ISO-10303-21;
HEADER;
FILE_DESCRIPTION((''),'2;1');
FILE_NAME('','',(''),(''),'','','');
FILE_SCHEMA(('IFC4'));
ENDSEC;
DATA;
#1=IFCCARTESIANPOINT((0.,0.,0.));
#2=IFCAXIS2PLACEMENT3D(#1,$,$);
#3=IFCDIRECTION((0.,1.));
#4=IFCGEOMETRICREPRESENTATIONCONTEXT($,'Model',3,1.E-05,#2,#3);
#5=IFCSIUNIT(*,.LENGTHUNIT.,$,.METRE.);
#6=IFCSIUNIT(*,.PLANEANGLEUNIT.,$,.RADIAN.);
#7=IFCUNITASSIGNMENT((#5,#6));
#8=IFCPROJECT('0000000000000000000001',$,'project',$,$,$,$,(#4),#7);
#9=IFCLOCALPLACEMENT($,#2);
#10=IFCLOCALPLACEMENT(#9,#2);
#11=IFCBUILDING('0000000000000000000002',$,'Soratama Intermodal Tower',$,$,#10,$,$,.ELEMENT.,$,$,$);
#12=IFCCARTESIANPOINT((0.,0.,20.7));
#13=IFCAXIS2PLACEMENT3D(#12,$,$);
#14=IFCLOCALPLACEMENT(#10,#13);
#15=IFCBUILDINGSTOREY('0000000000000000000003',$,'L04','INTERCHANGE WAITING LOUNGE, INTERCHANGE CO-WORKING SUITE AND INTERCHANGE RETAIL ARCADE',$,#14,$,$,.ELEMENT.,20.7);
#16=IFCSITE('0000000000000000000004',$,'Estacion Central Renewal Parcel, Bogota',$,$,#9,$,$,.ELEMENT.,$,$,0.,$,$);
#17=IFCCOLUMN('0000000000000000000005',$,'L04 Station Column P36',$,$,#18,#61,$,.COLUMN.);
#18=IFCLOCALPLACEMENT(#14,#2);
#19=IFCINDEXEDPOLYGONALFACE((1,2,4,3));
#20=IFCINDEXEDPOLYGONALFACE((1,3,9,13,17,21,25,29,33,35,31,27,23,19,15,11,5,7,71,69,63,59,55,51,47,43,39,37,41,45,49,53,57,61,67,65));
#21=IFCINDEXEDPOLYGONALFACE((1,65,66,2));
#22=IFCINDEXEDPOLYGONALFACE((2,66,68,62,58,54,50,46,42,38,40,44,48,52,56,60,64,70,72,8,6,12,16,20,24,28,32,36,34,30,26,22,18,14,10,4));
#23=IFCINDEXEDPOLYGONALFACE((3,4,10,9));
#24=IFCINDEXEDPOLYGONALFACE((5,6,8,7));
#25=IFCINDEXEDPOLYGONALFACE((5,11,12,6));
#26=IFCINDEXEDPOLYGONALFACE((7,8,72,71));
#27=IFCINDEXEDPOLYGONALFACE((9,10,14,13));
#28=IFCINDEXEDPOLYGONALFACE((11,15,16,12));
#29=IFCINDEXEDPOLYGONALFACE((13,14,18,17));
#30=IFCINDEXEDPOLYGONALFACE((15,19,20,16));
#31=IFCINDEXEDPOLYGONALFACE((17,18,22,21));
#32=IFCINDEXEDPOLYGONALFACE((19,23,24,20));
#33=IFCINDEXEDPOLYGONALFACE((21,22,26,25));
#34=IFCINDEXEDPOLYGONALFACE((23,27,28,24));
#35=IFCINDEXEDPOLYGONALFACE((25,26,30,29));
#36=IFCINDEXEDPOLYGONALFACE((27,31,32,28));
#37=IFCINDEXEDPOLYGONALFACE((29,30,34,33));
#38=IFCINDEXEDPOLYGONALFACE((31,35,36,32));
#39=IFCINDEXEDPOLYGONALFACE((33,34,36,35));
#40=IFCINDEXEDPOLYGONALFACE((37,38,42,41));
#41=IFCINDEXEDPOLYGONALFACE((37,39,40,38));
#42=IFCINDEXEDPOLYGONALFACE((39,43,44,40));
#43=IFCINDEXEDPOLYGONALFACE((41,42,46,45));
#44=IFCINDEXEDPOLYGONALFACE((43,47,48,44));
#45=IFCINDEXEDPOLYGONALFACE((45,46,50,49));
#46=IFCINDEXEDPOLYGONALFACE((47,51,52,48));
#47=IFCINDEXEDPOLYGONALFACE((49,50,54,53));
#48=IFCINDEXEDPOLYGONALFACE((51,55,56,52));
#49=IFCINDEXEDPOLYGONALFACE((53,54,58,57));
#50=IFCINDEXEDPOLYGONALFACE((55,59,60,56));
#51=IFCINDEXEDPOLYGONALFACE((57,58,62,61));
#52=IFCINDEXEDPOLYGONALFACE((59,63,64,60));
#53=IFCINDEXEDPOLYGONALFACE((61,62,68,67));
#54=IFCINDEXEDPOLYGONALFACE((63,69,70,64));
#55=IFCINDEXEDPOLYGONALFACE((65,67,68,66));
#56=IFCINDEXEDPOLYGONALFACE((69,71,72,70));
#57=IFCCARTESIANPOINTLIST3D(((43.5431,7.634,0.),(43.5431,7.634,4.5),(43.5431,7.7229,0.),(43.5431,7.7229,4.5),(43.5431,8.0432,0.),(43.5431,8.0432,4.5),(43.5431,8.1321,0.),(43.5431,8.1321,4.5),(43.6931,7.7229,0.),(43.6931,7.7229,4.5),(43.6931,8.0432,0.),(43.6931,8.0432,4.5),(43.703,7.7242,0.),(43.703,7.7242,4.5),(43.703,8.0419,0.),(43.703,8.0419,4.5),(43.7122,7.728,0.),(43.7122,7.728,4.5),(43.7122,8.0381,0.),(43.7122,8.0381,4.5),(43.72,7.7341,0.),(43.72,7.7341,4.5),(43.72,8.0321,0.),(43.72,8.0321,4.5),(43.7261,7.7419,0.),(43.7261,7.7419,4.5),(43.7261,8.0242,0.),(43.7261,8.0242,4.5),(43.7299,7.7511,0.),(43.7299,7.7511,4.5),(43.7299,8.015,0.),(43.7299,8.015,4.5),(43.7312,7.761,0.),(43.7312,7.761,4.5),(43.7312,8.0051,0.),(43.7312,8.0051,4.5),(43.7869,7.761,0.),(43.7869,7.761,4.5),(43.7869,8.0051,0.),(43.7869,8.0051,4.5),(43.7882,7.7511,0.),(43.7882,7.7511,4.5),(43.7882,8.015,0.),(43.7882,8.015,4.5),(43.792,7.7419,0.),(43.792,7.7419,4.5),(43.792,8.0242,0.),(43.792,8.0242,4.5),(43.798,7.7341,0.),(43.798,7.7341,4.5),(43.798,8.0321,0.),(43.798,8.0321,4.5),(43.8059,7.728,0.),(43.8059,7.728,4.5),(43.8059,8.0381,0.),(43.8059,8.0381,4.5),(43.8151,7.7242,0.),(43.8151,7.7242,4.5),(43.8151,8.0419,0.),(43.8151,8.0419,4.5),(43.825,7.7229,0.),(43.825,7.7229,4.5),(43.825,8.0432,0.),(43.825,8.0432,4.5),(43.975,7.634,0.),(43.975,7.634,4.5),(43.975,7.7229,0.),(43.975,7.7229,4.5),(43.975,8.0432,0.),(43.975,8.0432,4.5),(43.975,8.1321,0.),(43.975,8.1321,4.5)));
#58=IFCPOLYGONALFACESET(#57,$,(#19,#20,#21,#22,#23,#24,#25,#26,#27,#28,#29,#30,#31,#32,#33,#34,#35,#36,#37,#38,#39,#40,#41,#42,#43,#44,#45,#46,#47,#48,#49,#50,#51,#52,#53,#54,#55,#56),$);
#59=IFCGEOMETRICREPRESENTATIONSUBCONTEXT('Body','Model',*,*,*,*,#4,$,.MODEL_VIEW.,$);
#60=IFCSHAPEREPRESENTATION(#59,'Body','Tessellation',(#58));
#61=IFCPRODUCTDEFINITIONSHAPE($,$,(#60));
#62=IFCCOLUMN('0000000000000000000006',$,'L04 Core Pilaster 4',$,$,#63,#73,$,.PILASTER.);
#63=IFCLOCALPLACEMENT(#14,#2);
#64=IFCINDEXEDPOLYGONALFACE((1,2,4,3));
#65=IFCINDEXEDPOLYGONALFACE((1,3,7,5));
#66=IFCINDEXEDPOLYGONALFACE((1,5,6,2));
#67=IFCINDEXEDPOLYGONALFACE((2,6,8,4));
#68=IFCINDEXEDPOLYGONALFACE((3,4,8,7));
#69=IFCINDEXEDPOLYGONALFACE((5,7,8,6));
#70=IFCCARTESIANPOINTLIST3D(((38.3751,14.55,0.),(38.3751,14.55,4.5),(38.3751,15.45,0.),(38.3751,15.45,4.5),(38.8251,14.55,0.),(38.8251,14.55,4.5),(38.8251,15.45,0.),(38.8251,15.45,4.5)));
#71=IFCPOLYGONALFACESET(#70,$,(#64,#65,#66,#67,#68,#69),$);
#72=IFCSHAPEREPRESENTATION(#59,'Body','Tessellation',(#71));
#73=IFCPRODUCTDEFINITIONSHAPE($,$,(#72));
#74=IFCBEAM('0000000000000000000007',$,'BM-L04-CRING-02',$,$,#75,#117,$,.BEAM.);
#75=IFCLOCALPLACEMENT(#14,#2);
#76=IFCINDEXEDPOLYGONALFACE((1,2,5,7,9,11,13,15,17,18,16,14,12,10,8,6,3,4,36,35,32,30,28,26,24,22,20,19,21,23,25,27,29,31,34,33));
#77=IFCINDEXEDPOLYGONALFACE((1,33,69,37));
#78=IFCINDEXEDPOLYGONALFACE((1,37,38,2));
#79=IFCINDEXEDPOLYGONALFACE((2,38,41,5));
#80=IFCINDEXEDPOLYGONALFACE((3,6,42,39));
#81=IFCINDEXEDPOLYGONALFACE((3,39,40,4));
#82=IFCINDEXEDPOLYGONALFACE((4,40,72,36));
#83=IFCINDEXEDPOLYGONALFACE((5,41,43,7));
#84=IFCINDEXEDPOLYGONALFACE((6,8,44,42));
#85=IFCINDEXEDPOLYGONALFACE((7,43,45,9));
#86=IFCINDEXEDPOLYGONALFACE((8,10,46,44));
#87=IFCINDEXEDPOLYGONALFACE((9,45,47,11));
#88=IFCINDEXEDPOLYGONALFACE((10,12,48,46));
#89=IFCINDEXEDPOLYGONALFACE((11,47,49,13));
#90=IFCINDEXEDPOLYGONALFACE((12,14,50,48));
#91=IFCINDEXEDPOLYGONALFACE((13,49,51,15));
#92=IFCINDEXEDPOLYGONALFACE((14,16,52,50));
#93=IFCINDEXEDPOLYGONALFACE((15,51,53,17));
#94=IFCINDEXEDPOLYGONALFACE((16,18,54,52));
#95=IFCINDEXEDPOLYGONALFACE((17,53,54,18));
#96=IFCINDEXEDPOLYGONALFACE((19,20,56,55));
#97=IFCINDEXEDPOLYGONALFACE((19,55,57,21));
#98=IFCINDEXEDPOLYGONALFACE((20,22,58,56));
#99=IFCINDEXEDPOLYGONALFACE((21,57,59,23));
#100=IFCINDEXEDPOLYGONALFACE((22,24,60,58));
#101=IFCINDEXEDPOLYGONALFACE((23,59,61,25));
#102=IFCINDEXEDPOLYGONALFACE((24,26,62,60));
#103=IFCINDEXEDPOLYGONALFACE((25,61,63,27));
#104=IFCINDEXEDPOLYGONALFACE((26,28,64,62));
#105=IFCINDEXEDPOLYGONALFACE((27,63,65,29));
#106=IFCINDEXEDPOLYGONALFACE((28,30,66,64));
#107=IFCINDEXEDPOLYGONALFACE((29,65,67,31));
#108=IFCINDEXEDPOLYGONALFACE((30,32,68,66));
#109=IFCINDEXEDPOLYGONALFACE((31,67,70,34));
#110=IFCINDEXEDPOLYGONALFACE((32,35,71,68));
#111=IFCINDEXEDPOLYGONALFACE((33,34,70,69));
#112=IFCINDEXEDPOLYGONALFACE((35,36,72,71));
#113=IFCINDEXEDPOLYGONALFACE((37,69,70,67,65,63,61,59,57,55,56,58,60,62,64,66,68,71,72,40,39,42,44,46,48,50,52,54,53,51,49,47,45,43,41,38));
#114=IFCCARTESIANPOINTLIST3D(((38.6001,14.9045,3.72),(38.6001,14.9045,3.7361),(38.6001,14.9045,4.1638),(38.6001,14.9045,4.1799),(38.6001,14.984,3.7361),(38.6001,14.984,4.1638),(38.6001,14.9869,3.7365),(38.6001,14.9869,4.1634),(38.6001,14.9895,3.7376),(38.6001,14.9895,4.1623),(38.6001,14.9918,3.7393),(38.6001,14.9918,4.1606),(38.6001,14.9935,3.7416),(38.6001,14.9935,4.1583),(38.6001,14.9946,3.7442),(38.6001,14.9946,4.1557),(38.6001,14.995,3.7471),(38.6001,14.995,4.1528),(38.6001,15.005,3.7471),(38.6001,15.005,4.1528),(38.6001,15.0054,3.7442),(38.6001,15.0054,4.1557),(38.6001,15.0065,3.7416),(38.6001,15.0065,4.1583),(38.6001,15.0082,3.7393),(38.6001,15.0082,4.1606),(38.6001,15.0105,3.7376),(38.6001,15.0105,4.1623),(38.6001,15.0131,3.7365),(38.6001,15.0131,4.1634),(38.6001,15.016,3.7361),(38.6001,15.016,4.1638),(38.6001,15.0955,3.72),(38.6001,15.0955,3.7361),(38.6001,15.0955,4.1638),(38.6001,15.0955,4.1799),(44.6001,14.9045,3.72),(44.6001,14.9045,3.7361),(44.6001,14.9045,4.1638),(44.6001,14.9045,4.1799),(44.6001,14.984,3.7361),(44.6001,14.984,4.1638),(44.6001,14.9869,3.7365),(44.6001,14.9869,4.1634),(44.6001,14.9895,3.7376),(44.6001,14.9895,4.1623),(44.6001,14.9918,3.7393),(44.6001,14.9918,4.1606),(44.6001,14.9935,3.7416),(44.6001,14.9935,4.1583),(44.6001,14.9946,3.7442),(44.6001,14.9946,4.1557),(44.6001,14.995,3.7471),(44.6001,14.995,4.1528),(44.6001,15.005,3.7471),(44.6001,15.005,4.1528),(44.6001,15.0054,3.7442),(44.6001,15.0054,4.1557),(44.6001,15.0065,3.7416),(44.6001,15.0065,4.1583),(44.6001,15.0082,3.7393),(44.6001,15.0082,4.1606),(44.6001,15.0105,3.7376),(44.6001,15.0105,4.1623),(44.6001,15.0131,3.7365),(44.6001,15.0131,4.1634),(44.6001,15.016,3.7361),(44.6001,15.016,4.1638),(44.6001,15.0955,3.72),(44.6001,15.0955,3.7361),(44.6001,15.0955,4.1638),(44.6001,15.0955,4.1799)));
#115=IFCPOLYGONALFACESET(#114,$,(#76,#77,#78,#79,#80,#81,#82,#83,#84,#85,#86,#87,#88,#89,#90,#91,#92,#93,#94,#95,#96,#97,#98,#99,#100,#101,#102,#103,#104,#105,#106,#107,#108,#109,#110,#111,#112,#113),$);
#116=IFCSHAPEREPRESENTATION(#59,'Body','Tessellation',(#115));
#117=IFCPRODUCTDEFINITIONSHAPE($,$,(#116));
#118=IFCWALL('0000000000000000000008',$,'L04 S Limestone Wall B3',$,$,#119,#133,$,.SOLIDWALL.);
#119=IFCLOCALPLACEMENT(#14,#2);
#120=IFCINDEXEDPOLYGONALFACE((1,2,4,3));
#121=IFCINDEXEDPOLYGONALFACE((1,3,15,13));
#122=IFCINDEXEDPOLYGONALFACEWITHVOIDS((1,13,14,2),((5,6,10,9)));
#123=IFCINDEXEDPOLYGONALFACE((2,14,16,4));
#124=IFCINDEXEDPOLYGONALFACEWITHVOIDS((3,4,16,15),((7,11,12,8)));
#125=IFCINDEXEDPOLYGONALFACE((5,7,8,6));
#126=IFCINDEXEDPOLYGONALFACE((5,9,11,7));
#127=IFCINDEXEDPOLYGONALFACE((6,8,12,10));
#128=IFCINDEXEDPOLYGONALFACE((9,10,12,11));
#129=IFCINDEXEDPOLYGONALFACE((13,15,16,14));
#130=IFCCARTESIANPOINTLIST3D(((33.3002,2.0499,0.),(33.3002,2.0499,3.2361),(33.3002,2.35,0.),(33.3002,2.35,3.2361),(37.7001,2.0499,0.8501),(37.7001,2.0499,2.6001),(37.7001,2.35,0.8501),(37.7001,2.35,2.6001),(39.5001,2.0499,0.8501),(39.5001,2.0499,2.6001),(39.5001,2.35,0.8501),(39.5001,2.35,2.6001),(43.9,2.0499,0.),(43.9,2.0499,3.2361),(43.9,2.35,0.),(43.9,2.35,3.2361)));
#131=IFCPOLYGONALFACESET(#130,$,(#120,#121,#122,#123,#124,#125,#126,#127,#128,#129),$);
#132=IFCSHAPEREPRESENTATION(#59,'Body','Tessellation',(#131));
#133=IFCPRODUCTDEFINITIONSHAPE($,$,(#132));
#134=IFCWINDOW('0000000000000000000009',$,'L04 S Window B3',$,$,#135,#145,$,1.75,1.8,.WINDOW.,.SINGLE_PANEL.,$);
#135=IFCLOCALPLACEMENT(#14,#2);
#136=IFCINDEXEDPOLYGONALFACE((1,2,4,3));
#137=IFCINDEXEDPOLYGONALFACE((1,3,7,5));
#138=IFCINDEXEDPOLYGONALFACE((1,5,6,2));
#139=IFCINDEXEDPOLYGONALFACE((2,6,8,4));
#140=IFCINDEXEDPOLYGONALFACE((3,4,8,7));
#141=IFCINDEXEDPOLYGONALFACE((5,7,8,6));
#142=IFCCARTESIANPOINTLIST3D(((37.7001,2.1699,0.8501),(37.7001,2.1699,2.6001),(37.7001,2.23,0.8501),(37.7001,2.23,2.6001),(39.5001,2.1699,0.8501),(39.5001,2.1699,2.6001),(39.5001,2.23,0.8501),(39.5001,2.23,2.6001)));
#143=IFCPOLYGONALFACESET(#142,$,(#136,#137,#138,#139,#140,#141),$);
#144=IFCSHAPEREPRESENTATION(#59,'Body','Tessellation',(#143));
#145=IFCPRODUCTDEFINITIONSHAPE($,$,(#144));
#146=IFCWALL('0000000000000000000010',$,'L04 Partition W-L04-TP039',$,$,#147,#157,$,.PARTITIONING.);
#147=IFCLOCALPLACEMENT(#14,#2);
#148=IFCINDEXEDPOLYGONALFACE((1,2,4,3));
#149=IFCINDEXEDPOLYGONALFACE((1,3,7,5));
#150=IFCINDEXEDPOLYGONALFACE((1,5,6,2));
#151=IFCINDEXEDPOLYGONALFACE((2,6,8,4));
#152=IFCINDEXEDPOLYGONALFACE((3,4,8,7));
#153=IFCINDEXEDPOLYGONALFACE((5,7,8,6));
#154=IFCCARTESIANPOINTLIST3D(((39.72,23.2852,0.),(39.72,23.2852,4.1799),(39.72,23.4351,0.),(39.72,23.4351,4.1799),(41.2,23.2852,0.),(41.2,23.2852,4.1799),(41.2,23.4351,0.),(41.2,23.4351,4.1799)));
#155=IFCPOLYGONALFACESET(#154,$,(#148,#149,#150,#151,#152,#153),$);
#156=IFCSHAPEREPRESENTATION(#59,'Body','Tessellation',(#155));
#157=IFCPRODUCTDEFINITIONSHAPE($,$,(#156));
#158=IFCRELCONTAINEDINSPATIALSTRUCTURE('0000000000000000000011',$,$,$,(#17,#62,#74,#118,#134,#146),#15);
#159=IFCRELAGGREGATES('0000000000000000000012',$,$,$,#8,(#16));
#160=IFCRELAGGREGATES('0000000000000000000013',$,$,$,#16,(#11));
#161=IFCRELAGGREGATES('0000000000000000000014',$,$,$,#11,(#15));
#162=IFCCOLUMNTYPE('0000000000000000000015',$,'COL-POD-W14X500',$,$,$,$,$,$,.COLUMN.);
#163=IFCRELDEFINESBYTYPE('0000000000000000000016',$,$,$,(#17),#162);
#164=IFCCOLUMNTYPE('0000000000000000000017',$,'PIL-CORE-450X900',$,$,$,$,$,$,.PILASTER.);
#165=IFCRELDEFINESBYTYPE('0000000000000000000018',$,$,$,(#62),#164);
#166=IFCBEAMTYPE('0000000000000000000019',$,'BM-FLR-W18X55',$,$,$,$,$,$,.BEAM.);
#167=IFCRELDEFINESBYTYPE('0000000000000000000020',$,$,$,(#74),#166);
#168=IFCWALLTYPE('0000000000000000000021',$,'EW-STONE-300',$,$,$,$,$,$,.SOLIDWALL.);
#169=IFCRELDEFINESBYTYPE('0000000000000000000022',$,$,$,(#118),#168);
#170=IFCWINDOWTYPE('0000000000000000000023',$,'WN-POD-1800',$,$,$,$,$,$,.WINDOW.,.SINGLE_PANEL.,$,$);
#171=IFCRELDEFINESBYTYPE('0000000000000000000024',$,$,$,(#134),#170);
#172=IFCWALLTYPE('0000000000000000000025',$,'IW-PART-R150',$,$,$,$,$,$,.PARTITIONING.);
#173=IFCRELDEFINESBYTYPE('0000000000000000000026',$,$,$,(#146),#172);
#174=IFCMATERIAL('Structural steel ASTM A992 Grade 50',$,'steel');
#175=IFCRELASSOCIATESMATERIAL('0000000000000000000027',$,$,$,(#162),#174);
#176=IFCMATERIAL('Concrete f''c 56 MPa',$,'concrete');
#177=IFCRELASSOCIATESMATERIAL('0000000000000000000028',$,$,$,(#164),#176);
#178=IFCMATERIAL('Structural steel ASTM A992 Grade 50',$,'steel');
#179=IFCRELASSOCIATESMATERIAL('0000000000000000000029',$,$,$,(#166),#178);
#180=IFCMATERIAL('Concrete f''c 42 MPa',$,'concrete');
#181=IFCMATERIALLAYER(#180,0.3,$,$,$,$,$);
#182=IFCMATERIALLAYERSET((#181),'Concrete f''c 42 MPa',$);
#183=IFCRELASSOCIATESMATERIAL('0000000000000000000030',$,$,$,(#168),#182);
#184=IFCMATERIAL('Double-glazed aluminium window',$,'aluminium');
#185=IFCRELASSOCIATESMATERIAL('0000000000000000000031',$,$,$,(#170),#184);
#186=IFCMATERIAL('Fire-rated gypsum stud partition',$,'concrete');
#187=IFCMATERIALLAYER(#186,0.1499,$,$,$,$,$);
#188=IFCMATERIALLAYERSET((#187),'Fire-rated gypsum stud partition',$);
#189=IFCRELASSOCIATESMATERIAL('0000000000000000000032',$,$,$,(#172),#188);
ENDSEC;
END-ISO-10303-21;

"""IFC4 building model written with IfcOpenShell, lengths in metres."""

from ifc_helpers import new_model, si_unit, direction, frame, frame_2d, origin, origin_2d, place, context, subcontext, project, spatial, rectangle, i_section, extrude, material, layer, layer_set, material_profile, profile_set, type_object, element, fill, save


model = new_model("IFC4")

# Units and contexts
model_context = context("Model", 3, precision=1e-05, world=origin(), true_north=direction((0.0, 1.0)))
body_context = subcontext(model_context, "Body", "Model", "MODEL_VIEW")
ifc_project = project(units=[si_unit("LENGTHUNIT", "METRE"), si_unit("PLANEANGLEUNIT", "RADIAN")], contexts=[model_context])

# Site, building, storey
site_placement = place(None, origin())
site = spatial("IfcSite", under=ifc_project, at=site_placement, Name="Estacion Central Renewal Parcel, Bogota", CompositionType="ELEMENT", RefElevation=0.0)
building_placement = place(site_placement, origin())
building = spatial("IfcBuilding", under=site, at=building_placement, Name="Soratama Intermodal Tower", CompositionType="ELEMENT")
storey_placement = place(building_placement, frame((0.0, 0.0, 20.7)))
storey = spatial("IfcBuildingStorey", under=building, at=storey_placement, Name="L04", Description="INTERCHANGE WAITING LOUNGE, INTERCHANGE CO-WORKING SUITE AND INTERCHANGE RETAIL ARCADE", CompositionType="ELEMENT", Elevation=20.7)

# Columns
ifc_material_1 = material(Name="Structural steel ASTM A992 Grade 50", Category="steel")
ifc_material_profile_1 = material_profile(ifc_material_1, i_section(OverallWidth=0.4319, OverallDepth=0.498, WebThickness=0.0557, FlangeThickness=0.0889, FilletRadius=0.0381, at=origin_2d()), Name="W14X500")
ifc_profile_set_1 = profile_set([ifc_material_profile_1], Name="Structural steel ASTM A992 Grade 50")
column_type_1 = type_object("IfcColumnType", Name="COL-POD-W14X500", PredefinedType="COLUMN", material=ifc_profile_set_1)
column_1_placement = place(storey_placement, frame((43.759, 7.8831, 0.0), z_axis=(0.0, 0.0, 1.0), x_axis=(1.0, 0.0, 0.0)))
element("IfcColumn", 1, at=column_1_placement, inside=storey, type_object=column_type_1, Name="L04 Station Column P36", PredefinedType="COLUMN", context=body_context, shape_type="SweptSolid", body=[
    extrude(i_section(OverallWidth=0.4319, OverallDepth=0.498, WebThickness=0.0557, FlangeThickness=0.0889, FilletRadius=0.0381, at=origin_2d()), origin(), (0.0, 0.0, 1.0), 4.5),
])
ifc_material_2 = material(Name="Concrete f'c 56 MPa", Category="concrete")
ifc_material_profile_2 = material_profile(ifc_material_2, rectangle(XDim=0.45, YDim=0.8999, at=origin_2d()), Name="RC450X900")
ifc_profile_set_2 = profile_set([ifc_material_profile_2], Name="Concrete f'c 56 MPa")
column_type_2 = type_object("IfcColumnType", Name="PIL-CORE-450X900", PredefinedType="PILASTER", material=ifc_profile_set_2)
column_2_placement = place(storey_placement, frame((38.6001, 15.0, 0.0), z_axis=(0.0, 0.0, 1.0), x_axis=(1.0, 0.0, 0.0)))
element("IfcColumn", 2, at=column_2_placement, inside=storey, type_object=column_type_2, Name="L04 Core Pilaster 4", PredefinedType="PILASTER", context=body_context, shape_type="SweptSolid", body=[
    extrude(rectangle(XDim=0.45, YDim=0.8999, at=origin_2d()), origin(), (0.0, 0.0, 1.0), 4.5),
])

# Beam
ifc_material_3 = material(Name="Structural steel ASTM A992 Grade 50", Category="steel")
ifc_material_profile_3 = material_profile(ifc_material_3, i_section(OverallWidth=0.1909, OverallDepth=0.46, WebThickness=0.01, FlangeThickness=0.0161, FilletRadius=0.011, at=origin_2d()), Name="W18X55")
ifc_profile_set_3 = profile_set([ifc_material_profile_3], Name="Structural steel ASTM A992 Grade 50")
beam_type = type_object("IfcBeamType", Name="BM-FLR-W18X55", PredefinedType="BEAM", material=ifc_profile_set_3)
beam_placement = place(storey_placement, frame((38.6001, 15.0, 3.95), z_axis=(1.0, 0.0, 0.0), x_axis=(0.0, 1.0, 0.0)))
element("IfcBeam", 3, at=beam_placement, inside=storey, type_object=beam_type, Name="BM-L04-CRING-02", PredefinedType="BEAM", context=body_context, shape_type="SweptSolid", body=[
    extrude(i_section(OverallWidth=0.1909, OverallDepth=0.46, WebThickness=0.01, FlangeThickness=0.0161, FilletRadius=0.011, at=origin_2d()), origin(), (0.0, 0.0, 1.0), 6.0),
])

# Wall, opening, window
ifc_material_4 = material(Name="Concrete f'c 42 MPa", Category="concrete")
ifc_layer_1 = layer(ifc_material_4, 0.3)
ifc_layer_set_1 = layer_set([ifc_layer_1], Name="Concrete f'c 42 MPa")
wall_type_1 = type_object("IfcWallType", Name="EW-STONE-300", PredefinedType="SOLIDWALL", material=ifc_layer_set_1)
wall_1_placement = place(storey_placement, frame((43.8999, 2.2, 0.0), z_axis=(0.0, 0.0, 1.0), x_axis=(-1.0, 0.0, 0.0)))
wall_1 = element("IfcWall", 4, at=wall_1_placement, inside=storey, type_object=wall_type_1, Name="L04 S Limestone Wall B3", PredefinedType="SOLIDWALL", context=body_context, shape_type="SweptSolid", body=[
    extrude(rectangle(XDim=10.5999, YDim=0.3, at=frame_2d((5.2998, 0.0))), origin(), (0.0, 0.0, 1.0), 3.2361),
])
opening_1_placement = place(wall_1_placement, frame((4.3999, 0.0, 0.8501)))
opening_1 = element("IfcOpeningElement", 5, at=opening_1_placement, cuts=wall_1, PredefinedType="OPENING", context=body_context, shape_type="SweptSolid", body=[
    extrude(rectangle(XDim=1.8, YDim=1.75, at=frame_2d((0.8999, 0.875))), frame((0.0, 0.1599, 0.0), z_axis=(0.0, -1.0, 0.0), x_axis=(1.0, 0.0, 0.0)), (0.0, 0.0, 1.0), 0.3201),
])
ifc_material_5 = material(Name="Double-glazed aluminium window", Category="aluminium")
window_type = type_object("IfcWindowType", Name="WN-POD-1800", PartitioningType="SINGLE_PANEL", PredefinedType="WINDOW", material=ifc_material_5)
window_placement = place(opening_1_placement, origin())
window = element("IfcWindow", 6, at=window_placement, inside=storey, type_object=window_type, Name="L04 S Window B3", OverallHeight=1.75, OverallWidth=1.8, PartitioningType="SINGLE_PANEL", PredefinedType="WINDOW", context=body_context, shape_type="SweptSolid", body=[
    extrude(rectangle(XDim=1.8, YDim=1.75, at=frame_2d((0.8999, 0.875))), frame((0.0, 0.03, 0.0), z_axis=(0.0, -1.0, 0.0), x_axis=(1.0, 0.0, 0.0)), (0.0, 0.0, 1.0), 0.0601),
])
fill(opening_1, window)

# Wall
ifc_material_6 = material(Name="Fire-rated gypsum stud partition", Category="concrete")
ifc_layer_2 = layer(ifc_material_6, 0.1499)
ifc_layer_set_2 = layer_set([ifc_layer_2], Name="Fire-rated gypsum stud partition")
wall_type_2 = type_object("IfcWallType", Name="IW-PART-R150", PredefinedType="PARTITIONING", material=ifc_layer_set_2)
wall_2_placement = place(storey_placement, frame((41.2, 23.3601, 0.0), z_axis=(0.0, 0.0, 1.0), x_axis=(-1.0, 0.0, 0.0)))
element("IfcWall", 7, at=wall_2_placement, inside=storey, type_object=wall_type_2, Name="L04 Partition W-L04-TP039", PredefinedType="PARTITIONING", context=body_context, shape_type="SweptSolid", body=[
    extrude(rectangle(XDim=1.48, YDim=0.1499, at=frame_2d((0.74, 0.0))), origin(), (0.0, 0.0, 1.0), 4.1799),
])

save(model, "model.ifc")
